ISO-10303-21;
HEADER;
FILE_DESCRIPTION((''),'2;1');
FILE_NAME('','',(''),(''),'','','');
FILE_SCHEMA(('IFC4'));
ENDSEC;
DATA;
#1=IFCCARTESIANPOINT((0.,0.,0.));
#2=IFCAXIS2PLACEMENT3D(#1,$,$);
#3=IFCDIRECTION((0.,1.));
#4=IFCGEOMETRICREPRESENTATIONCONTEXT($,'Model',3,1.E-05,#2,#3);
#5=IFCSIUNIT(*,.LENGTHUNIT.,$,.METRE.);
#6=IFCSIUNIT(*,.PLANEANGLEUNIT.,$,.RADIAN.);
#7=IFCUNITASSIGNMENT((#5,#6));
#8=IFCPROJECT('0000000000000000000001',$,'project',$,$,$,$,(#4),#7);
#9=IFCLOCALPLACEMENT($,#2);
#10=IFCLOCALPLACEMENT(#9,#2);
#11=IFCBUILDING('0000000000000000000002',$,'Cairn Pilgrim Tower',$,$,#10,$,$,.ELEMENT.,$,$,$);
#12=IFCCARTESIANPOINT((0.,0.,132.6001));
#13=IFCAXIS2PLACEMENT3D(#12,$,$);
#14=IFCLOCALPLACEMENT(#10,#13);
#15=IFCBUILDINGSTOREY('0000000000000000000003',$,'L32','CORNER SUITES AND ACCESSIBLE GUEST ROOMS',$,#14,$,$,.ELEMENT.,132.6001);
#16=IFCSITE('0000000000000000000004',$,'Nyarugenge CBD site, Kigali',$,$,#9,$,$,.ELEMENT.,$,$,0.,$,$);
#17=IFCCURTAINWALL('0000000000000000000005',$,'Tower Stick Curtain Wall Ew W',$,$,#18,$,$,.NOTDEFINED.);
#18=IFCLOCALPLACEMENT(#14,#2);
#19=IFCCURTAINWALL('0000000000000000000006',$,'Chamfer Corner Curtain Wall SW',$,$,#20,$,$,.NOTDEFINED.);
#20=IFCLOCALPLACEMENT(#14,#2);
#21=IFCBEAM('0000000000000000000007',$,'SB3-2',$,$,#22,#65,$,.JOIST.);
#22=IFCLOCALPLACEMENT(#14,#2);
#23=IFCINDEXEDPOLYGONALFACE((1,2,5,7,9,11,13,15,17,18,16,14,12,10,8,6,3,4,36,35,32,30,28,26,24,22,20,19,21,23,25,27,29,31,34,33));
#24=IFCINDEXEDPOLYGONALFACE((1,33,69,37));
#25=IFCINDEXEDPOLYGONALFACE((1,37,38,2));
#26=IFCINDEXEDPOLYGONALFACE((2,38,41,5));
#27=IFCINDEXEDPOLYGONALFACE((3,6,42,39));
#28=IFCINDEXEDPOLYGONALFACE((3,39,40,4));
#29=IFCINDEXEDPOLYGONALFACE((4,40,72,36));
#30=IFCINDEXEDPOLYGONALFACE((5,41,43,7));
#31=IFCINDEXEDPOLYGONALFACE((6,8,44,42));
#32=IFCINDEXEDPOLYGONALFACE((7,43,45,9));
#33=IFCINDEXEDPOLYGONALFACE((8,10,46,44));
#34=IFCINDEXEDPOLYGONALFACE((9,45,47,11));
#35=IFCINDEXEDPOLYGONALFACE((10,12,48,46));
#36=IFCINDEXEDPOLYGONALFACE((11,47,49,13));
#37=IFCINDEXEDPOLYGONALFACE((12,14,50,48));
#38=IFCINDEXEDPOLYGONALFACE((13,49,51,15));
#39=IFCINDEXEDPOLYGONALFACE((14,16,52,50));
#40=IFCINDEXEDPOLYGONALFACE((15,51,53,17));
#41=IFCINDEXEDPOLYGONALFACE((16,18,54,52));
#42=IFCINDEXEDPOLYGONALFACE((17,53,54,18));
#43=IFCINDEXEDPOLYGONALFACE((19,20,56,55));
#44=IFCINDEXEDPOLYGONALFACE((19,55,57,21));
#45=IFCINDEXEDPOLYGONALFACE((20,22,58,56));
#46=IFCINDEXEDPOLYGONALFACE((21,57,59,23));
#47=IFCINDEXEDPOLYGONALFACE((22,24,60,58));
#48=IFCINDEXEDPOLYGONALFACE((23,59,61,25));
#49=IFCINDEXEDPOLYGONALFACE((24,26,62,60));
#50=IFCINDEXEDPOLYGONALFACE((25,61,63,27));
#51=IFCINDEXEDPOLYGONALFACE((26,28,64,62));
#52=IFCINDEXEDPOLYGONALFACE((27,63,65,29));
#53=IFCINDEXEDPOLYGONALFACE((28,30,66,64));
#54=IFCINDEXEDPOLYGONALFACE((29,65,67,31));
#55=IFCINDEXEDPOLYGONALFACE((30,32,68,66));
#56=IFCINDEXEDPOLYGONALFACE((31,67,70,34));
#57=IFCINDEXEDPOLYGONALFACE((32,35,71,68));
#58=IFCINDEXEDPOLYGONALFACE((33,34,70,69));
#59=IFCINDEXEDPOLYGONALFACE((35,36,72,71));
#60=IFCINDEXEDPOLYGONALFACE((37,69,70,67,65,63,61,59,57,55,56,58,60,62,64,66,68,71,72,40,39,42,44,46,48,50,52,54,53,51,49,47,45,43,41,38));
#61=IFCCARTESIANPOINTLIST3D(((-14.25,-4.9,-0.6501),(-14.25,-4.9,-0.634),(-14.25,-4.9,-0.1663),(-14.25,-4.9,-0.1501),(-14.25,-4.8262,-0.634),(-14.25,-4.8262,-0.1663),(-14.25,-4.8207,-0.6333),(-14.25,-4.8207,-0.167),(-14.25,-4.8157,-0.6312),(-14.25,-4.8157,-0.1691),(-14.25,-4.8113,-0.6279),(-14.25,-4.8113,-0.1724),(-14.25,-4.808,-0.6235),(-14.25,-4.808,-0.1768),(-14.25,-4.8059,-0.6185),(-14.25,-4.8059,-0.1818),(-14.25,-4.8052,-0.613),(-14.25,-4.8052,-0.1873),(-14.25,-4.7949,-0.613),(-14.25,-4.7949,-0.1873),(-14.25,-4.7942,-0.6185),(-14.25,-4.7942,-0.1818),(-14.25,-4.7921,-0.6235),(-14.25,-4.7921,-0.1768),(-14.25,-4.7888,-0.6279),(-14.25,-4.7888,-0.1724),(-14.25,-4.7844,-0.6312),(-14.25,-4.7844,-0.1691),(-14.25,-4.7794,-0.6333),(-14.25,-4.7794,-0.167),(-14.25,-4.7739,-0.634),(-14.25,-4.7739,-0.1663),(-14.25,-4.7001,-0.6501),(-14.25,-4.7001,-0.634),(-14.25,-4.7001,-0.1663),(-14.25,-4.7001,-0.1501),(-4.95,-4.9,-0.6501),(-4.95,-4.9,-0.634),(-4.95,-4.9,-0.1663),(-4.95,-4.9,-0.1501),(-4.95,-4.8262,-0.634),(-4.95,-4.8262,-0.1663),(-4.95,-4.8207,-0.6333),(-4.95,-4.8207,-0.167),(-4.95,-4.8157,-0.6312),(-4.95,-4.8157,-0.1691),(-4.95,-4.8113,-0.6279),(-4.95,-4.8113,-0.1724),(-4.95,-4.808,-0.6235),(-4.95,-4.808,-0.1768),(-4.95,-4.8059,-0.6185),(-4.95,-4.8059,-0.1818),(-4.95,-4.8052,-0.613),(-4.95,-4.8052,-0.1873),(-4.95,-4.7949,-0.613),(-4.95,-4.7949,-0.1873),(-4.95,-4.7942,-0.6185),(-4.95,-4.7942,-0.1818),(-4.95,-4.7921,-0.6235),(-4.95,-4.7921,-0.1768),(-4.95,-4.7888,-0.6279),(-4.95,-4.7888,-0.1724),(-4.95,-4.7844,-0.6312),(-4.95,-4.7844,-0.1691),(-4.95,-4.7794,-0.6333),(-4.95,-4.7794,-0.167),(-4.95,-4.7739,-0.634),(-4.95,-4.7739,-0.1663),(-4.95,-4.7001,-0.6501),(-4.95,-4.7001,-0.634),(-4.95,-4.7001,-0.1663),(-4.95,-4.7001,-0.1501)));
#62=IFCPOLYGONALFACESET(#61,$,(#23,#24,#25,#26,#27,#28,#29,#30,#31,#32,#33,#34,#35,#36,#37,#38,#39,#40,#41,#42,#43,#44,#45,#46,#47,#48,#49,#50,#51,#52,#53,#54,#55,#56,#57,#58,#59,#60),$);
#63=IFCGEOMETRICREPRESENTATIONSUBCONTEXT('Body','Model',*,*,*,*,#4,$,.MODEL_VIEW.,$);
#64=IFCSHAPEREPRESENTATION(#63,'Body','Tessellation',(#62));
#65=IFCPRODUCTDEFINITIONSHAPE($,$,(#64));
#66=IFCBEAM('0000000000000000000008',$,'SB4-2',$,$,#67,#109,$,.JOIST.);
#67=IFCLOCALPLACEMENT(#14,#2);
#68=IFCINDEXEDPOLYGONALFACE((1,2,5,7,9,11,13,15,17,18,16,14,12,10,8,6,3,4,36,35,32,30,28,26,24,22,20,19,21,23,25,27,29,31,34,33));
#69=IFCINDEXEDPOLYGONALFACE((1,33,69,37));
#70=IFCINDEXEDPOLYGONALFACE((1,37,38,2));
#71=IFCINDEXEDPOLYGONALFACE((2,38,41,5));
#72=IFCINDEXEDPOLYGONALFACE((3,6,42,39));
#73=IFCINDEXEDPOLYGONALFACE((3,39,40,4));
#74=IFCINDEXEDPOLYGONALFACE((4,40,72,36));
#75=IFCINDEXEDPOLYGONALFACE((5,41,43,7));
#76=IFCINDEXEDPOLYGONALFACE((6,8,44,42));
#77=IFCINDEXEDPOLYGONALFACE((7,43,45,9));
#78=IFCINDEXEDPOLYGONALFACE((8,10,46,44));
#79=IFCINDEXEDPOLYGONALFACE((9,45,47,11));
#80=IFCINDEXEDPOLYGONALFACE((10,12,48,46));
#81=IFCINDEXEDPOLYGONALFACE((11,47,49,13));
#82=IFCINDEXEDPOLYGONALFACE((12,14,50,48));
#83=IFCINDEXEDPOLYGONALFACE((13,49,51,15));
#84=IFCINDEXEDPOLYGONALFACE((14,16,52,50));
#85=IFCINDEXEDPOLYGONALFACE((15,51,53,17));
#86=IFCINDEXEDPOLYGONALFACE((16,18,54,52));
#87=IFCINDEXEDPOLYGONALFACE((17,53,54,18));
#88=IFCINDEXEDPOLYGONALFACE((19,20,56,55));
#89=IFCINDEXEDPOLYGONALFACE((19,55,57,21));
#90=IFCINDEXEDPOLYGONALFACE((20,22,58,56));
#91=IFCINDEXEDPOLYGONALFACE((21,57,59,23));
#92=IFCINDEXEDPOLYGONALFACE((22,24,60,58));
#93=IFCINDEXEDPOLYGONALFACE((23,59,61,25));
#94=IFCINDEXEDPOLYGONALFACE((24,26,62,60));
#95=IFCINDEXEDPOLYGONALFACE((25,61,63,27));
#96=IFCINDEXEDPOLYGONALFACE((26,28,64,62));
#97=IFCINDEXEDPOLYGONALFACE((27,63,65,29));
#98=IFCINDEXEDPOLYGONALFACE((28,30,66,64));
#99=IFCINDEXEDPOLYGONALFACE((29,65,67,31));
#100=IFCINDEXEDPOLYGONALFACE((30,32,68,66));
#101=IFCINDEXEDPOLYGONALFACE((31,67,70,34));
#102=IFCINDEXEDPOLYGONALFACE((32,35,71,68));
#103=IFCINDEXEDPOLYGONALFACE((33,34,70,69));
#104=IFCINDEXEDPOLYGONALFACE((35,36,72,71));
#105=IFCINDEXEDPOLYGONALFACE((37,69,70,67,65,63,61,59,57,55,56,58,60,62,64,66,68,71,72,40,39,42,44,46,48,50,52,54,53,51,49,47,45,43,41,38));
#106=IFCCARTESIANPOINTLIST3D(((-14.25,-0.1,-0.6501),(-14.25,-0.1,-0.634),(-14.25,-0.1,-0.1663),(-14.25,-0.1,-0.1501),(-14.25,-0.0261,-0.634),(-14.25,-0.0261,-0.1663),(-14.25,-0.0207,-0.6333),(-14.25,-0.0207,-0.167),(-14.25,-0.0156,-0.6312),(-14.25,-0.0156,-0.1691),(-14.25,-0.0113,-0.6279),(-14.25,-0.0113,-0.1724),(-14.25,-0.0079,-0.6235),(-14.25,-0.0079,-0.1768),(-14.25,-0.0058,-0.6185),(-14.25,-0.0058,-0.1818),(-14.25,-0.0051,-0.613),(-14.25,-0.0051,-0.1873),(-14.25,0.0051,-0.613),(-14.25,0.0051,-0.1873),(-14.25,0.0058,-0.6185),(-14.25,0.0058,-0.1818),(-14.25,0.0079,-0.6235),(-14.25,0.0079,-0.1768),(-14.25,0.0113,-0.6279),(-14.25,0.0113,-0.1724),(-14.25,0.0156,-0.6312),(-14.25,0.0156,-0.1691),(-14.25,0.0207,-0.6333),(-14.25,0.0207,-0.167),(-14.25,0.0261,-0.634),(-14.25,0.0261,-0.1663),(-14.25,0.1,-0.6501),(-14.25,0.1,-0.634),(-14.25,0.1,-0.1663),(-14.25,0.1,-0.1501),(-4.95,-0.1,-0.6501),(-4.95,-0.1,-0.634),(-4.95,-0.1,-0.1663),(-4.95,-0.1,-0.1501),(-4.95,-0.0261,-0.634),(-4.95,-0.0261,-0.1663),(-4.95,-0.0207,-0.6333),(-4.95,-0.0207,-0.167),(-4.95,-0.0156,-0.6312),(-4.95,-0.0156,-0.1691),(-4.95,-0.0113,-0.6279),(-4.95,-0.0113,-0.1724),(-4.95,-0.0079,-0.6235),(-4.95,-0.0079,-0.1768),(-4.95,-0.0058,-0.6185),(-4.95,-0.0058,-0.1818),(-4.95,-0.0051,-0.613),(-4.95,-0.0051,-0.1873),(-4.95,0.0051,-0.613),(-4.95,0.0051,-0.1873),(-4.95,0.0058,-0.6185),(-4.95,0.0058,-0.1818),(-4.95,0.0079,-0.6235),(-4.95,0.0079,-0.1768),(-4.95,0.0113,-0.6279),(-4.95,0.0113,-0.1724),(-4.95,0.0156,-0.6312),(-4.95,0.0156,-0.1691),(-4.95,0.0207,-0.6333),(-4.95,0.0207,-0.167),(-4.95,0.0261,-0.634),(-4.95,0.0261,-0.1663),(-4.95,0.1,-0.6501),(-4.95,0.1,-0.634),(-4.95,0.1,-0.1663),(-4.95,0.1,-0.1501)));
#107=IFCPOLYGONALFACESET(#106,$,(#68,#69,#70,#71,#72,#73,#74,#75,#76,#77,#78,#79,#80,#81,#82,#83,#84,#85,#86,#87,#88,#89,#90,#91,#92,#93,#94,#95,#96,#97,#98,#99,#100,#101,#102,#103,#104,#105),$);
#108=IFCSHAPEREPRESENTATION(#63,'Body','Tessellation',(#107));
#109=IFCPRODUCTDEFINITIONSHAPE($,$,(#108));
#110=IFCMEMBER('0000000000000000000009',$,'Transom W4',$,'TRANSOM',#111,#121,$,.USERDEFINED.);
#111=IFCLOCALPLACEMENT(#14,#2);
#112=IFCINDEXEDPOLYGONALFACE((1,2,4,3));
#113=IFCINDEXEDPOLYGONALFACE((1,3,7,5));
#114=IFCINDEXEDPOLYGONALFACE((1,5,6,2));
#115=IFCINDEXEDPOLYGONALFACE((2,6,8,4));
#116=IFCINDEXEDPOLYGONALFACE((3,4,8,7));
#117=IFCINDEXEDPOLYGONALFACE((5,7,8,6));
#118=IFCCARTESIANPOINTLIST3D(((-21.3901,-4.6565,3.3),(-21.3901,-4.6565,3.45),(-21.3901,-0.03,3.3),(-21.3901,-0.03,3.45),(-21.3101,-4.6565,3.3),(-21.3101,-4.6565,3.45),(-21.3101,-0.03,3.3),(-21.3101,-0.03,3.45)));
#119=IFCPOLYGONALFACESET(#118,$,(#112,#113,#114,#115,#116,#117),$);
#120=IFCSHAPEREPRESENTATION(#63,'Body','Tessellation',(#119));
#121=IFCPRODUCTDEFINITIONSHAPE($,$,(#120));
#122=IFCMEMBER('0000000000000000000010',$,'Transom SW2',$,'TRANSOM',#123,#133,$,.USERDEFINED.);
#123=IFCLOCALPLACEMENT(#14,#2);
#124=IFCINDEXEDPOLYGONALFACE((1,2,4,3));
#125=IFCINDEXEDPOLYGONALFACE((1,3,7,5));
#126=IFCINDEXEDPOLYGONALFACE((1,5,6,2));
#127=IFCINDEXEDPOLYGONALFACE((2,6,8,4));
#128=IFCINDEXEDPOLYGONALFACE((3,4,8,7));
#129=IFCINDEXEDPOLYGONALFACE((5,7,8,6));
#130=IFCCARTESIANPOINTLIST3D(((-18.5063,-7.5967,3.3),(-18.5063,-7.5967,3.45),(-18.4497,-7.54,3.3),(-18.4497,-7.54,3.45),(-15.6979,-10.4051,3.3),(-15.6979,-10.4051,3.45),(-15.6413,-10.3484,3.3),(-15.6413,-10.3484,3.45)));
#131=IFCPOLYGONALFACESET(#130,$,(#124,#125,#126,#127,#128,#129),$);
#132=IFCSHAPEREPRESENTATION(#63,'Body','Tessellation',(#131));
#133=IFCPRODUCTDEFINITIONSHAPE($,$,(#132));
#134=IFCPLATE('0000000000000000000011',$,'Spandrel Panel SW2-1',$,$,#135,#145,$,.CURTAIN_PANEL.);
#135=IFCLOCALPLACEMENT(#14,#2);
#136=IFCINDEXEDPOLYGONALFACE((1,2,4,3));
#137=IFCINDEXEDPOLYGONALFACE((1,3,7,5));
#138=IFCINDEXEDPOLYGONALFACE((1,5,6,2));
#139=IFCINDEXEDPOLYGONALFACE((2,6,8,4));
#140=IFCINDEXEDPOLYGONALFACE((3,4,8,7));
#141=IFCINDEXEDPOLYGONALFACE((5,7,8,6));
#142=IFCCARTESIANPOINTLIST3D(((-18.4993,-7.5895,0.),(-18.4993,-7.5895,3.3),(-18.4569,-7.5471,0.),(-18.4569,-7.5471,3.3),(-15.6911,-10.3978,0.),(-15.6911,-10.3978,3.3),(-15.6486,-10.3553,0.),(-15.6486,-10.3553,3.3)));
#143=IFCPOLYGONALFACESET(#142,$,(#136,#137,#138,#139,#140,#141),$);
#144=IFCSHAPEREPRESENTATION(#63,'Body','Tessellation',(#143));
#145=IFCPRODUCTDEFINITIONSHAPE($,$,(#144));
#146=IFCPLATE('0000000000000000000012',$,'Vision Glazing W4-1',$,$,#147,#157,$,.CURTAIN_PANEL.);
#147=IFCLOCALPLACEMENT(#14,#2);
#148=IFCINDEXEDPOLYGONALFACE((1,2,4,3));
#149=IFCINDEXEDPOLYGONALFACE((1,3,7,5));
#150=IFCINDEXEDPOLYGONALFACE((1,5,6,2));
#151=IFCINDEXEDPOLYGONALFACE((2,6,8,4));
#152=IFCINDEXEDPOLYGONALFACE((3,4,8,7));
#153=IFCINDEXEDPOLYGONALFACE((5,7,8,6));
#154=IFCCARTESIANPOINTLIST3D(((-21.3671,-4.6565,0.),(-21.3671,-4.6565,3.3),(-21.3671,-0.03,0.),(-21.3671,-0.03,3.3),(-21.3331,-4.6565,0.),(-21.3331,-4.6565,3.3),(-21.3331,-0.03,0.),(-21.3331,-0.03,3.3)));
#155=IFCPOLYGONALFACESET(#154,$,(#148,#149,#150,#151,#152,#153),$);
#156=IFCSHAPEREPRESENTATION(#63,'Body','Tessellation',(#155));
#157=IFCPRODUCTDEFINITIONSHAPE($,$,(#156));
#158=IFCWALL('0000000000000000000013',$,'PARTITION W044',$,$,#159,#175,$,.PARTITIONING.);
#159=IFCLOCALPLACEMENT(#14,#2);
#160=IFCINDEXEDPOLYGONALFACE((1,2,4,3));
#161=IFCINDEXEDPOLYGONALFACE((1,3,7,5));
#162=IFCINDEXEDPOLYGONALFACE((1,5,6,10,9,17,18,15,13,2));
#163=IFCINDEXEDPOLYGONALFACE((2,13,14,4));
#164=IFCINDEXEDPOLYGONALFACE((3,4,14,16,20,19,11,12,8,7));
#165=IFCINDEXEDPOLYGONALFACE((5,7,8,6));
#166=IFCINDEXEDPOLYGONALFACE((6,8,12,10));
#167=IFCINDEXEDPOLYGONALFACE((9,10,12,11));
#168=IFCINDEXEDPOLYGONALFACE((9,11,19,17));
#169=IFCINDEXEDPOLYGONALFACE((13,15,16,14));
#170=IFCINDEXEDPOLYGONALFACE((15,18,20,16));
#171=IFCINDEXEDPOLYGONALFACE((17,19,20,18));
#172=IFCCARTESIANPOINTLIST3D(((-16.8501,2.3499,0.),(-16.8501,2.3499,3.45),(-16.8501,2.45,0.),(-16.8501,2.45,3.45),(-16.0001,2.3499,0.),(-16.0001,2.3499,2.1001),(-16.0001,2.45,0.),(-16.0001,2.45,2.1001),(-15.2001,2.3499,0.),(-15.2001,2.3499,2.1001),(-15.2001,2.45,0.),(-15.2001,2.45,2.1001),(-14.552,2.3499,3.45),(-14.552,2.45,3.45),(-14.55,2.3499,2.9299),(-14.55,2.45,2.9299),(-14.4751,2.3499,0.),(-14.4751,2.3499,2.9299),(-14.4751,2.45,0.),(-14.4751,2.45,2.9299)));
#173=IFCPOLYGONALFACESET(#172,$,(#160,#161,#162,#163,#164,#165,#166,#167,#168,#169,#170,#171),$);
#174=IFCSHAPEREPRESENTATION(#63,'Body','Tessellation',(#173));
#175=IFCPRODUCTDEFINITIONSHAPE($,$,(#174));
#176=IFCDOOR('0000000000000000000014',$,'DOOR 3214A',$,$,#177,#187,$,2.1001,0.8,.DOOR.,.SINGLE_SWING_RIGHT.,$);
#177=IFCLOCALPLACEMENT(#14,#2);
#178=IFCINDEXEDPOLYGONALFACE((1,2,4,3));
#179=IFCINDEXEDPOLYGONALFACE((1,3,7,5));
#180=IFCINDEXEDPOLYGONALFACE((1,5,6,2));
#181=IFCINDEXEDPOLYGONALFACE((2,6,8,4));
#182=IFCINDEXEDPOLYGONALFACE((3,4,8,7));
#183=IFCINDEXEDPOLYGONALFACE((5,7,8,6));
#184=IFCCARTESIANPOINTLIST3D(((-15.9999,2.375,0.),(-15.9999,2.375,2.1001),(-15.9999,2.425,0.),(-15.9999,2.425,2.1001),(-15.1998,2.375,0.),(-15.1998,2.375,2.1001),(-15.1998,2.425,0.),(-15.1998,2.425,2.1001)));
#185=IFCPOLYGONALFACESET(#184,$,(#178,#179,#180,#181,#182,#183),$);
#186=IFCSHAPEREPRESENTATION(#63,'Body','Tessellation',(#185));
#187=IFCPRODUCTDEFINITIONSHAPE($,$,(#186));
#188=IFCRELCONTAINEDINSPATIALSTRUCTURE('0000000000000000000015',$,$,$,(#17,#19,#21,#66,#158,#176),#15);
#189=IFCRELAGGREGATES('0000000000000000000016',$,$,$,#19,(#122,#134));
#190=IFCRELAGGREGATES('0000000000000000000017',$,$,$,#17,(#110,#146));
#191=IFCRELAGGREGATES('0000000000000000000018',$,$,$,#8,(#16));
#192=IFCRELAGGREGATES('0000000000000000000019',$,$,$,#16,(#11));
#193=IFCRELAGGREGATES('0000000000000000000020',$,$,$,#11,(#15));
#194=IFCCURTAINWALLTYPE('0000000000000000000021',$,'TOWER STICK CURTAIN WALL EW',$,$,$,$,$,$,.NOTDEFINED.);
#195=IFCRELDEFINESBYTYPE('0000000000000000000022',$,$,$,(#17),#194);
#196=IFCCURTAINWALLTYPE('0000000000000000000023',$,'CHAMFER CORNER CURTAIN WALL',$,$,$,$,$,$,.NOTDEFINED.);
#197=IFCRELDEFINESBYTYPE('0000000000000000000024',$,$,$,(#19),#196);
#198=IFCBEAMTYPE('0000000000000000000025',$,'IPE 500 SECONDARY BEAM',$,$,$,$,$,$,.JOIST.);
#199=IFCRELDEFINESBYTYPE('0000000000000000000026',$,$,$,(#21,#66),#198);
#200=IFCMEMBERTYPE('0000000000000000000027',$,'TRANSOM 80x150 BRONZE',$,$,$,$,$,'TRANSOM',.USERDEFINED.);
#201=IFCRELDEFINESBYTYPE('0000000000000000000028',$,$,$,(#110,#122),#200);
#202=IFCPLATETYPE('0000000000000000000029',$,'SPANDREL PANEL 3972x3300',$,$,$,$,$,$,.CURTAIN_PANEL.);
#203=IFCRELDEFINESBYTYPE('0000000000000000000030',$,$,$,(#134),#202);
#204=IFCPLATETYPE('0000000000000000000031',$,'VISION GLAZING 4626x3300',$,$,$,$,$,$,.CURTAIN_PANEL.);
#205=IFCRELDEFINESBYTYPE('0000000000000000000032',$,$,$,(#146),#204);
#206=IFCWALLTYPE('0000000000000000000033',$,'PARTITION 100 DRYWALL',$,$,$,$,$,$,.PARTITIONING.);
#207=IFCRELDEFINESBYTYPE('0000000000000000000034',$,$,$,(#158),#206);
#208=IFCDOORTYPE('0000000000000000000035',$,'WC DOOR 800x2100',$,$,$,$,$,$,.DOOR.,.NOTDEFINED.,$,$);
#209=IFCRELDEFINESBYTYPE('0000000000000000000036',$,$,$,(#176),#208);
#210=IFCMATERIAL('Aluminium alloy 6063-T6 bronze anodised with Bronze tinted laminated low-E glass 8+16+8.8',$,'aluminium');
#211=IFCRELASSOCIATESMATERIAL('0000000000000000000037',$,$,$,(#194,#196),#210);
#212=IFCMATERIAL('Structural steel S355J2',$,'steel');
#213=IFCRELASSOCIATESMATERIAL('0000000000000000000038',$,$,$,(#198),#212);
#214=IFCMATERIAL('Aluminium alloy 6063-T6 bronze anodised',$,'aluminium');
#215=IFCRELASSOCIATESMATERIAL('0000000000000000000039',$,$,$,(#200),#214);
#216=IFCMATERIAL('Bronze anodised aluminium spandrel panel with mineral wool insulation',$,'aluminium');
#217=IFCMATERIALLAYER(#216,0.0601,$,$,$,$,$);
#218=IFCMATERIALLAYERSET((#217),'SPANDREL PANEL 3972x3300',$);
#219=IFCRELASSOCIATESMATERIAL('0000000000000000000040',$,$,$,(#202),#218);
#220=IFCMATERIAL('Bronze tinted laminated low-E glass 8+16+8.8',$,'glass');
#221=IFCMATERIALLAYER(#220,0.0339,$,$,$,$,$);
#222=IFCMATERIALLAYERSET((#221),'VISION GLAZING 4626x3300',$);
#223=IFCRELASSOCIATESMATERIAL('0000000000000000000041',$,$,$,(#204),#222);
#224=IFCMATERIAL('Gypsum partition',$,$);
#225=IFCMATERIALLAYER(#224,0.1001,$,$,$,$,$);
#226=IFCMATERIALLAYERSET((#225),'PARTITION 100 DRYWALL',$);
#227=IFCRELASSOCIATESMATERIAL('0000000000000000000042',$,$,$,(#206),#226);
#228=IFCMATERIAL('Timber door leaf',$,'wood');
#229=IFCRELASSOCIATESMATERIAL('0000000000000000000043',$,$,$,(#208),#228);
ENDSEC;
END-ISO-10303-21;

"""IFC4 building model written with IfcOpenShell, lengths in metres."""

from ifc_helpers import new_model, si_unit, direction, frame, frame_2d, origin, origin_2d, place, context, subcontext, project, spatial, polyline, rectangle, i_section, outline, extrude, material, layer, layer_set, material_profile, profile_set, type_object, element, fill, aggregate, save


model = new_model("IFC4")

# Units and contexts
model_context = context("Model", 3, precision=1e-05, world=origin(), true_north=direction((0.0, 1.0)))
body_context = subcontext(model_context, "Body", "Model", "MODEL_VIEW")
ifc_project = project(units=[si_unit("LENGTHUNIT", "METRE"), si_unit("PLANEANGLEUNIT", "RADIAN")], contexts=[model_context])

# Site, building, storey
site_placement = place(None, origin())
site = spatial("IfcSite", under=ifc_project, at=site_placement, Name="Nyarugenge CBD site, Kigali", CompositionType="ELEMENT", RefElevation=0.0)
building_placement = place(site_placement, origin())
building = spatial("IfcBuilding", under=site, at=building_placement, Name="Cairn Pilgrim Tower", CompositionType="ELEMENT")
storey_placement = place(building_placement, frame((0.0, 0.0, 132.6001)))
storey = spatial("IfcBuildingStorey", under=building, at=storey_placement, Name="L32", Description="CORNER SUITES AND ACCESSIBLE GUEST ROOMS", CompositionType="ELEMENT", Elevation=132.6001)

# Shared definitions
ifc_material_1 = material(Name="Structural steel S355J2", Category="steel")

# Curtain wall
ifc_material_2 = material(Name="Aluminium alloy 6063-T6 bronze anodised with Bronze tinted laminated low-E glass 8+16+8.8", Category="aluminium")
curtain_wall_type_1 = type_object("IfcCurtainWallType", Name="TOWER STICK CURTAIN WALL EW", PredefinedType="NOTDEFINED", material=ifc_material_2)
curtain_wall_1_placement = place(storey_placement, origin())
curtain_wall_1 = element("IfcCurtainWall", 1, at=curtain_wall_1_placement, inside=storey, type_object=curtain_wall_type_1, Name="Tower Stick Curtain Wall Ew W", PredefinedType="NOTDEFINED")
ifc_material_3 = material(Name="Aluminium alloy 6063-T6 bronze anodised", Category="aluminium")

# Curtain wall
curtain_wall_type_2 = type_object("IfcCurtainWallType", Name="CHAMFER CORNER CURTAIN WALL", PredefinedType="NOTDEFINED", material=ifc_material_2)
curtain_wall_2_placement = place(storey_placement, origin())
curtain_wall_2 = element("IfcCurtainWall", 2, at=curtain_wall_2_placement, inside=storey, type_object=curtain_wall_type_2, Name="Chamfer Corner Curtain Wall SW", PredefinedType="NOTDEFINED")

# Beams
ifc_material_profile_1 = material_profile(ifc_material_1, i_section(OverallWidth=0.2, OverallDepth=0.5, WebThickness=0.0103, FlangeThickness=0.0161, FilletRadius=0.021, at=origin_2d()), Name="IPE 500")
ifc_profile_set_1 = profile_set([ifc_material_profile_1], Name="Structural steel S355J2")
beam_type_1 = type_object("IfcBeamType", Name="IPE 500 SECONDARY BEAM", PredefinedType="JOIST", material=ifc_profile_set_1)
for number, where, z_axis, x_axis, name in (
    (3, (-14.25, -4.8, -0.4001), (1.0, 0.0, 0.0), (0.0, 1.0, 0.0), "SB3-2"),
    (4, (-14.25, 0.0, -0.4001), (1.0, 0.0, 0.0), (0.0, 1.0, 0.0), "SB4-2"),
):
    element("IfcBeam", number, at=place(storey_placement, frame(where, z_axis=z_axis, x_axis=x_axis)), inside=storey, type_object=beam_type_1, Name=name, PredefinedType="JOIST", context=body_context, shape_type="SweptSolid", body=[
        extrude(i_section(OverallWidth=0.2, OverallDepth=0.5, WebThickness=0.0103, FlangeThickness=0.0161, FilletRadius=0.021, at=origin_2d()), origin(), (0.0, 0.0, 1.0), 9.3),
    ])

# Members
ifc_material_profile_2 = material_profile(ifc_material_3, rectangle(XDim=0.0801, YDim=0.1499, at=origin_2d()), Name="TRANSOM 80x150 BRONZE")
ifc_profile_set_2 = profile_set([ifc_material_profile_2], Name="Aluminium alloy 6063-T6 bronze anodised")
member_type_1 = type_object("IfcMemberType", Name="TRANSOM 80x150 BRONZE", ElementType="TRANSOM", PredefinedType="USERDEFINED", material=ifc_profile_set_2)
member_1_placement = place(storey_placement, frame((-21.3501, -0.03, 3.375), z_axis=(0.0, -1.0, 0.0), x_axis=(1.0, 0.0, 0.0)))
member_1 = element("IfcMember", 5, at=member_1_placement, type_object=member_type_1, Name="Transom W4", ObjectType="TRANSOM", PredefinedType="USERDEFINED", context=body_context, shape_type="SweptSolid", body=[
    extrude(rectangle(XDim=0.0801, YDim=0.1499, at=origin_2d()), origin(), (0.0, 0.0, 1.0), 4.6265),
])
member_2_placement = place(storey_placement, frame((-18.478, -7.5684, 3.375), z_axis=(0.707107, -0.707107, 0.0), x_axis=(0.707107, 0.707107, 0.0)))
member_2 = element("IfcMember", 6, at=member_2_placement, type_object=member_type_1, Name="Transom SW2", ObjectType="TRANSOM", PredefinedType="USERDEFINED", context=body_context, shape_type="SweptSolid", body=[
    extrude(rectangle(XDim=0.0801, YDim=0.1499, at=origin_2d()), origin(), (0.0, 0.0, 1.0), 3.9717),
])

# Plates
ifc_material_4 = material(Name="Bronze anodised aluminium spandrel panel with mineral wool insulation", Category="aluminium")
ifc_layer_1 = layer(ifc_material_4, 0.0601)
ifc_layer_set_1 = layer_set([ifc_layer_1], Name="SPANDREL PANEL 3972x3300")
plate_type_1 = type_object("IfcPlateType", Name="SPANDREL PANEL 3972x3300", PredefinedType="CURTAIN_PANEL", material=ifc_layer_set_1)
plate_1_placement = place(storey_placement, frame((-17.074, -8.9724, 0.0), z_axis=(0.0, 0.0, 1.0), x_axis=(0.707107, -0.707107, 0.0)))
plate_1 = element("IfcPlate", 7, at=plate_1_placement, type_object=plate_type_1, Name="Spandrel Panel SW2-1", PredefinedType="CURTAIN_PANEL", context=body_context, shape_type="SweptSolid", body=[
    extrude(rectangle(XDim=3.9714, YDim=0.0601, at=origin_2d()), origin(), (0.0, 0.0, 1.0), 3.3),
])
aggregate(curtain_wall_2, [member_2, plate_1])
ifc_material_5 = material(Name="Bronze tinted laminated low-E glass 8+16+8.8", Category="glass")
ifc_layer_2 = layer(ifc_material_5, 0.0339)
ifc_layer_set_2 = layer_set([ifc_layer_2], Name="VISION GLAZING 4626x3300")
plate_type_2 = type_object("IfcPlateType", Name="VISION GLAZING 4626x3300", PredefinedType="CURTAIN_PANEL", material=ifc_layer_set_2)
plate_2_placement = place(storey_placement, frame((-21.3501, -2.3433, 0.0), z_axis=(0.0, 0.0, 1.0), x_axis=(0.0, -1.0, 0.0)))
plate_2 = element("IfcPlate", 8, at=plate_2_placement, type_object=plate_type_2, Name="Vision Glazing W4-1", PredefinedType="CURTAIN_PANEL", context=body_context, shape_type="SweptSolid", body=[
    extrude(rectangle(XDim=4.6265, YDim=0.0339, at=origin_2d()), origin(), (0.0, 0.0, 1.0), 3.3),
])
aggregate(curtain_wall_1, [member_1, plate_2])

# Wall, opening, door
ifc_material_6 = material(Name="Gypsum partition")
ifc_layer_3 = layer(ifc_material_6, 0.1001)
ifc_layer_set_3 = layer_set([ifc_layer_3], Name="PARTITION 100 DRYWALL")
wall_type_1 = type_object("IfcWallType", Name="PARTITION 100 DRYWALL", PredefinedType="PARTITIONING", material=ifc_layer_set_3)
wall_1_placement = place(storey_placement, frame((-16.8501, 2.3999, 0.0), z_axis=(0.0, 0.0, 1.0), x_axis=(1.0, 0.0, 0.0)))
wall_1 = element("IfcWall", 9, at=wall_1_placement, inside=storey, type_object=wall_type_1, Name="PARTITION W044", PredefinedType="PARTITIONING", context=body_context, shape_type="SweptSolid", body=[
    extrude(outline(polyline([(0.0, 0.0), (2.375, 0.0), (2.375, 2.9299), (2.3, 2.9299), (2.2981, 3.45), (0.0, 3.45), (0.0, 0.0)])), frame((0.0, 0.05, 0.0), z_axis=(0.0, -1.0, 0.0), x_axis=(1.0, 0.0, 0.0)), (0.0, 0.0, 1.0), 0.1001),
])
opening_1_placement = place(wall_1_placement, frame((0.8501, 0.0, 0.0)))
opening_1 = element("IfcOpeningElement", 10, at=opening_1_placement, cuts=wall_1, PredefinedType="OPENING", context=body_context, shape_type="SweptSolid", body=[
    extrude(rectangle(XDim=0.8, YDim=2.1001, at=frame_2d((0.3999, 1.05))), frame((0.0, 0.0601, 0.0), z_axis=(0.0, -1.0, 0.0), x_axis=(1.0, 0.0, 0.0)), (0.0, 0.0, 1.0), 0.1201),
])
ifc_material_7 = material(Name="Timber door leaf", Category="wood")
door_type_1 = type_object("IfcDoorType", Name="WC DOOR 800x2100", OperationType="NOTDEFINED", PredefinedType="DOOR", material=ifc_material_7)
door_1_placement = place(opening_1_placement, frame((0.8, 0.0, 0.0), z_axis=(0.0, 0.0, 1.0), x_axis=(-1.0, 0.0, 0.0)))
door_1 = element("IfcDoor", 11, at=door_1_placement, inside=storey, type_object=door_type_1, Name="DOOR 3214A", OperationType="SINGLE_SWING_RIGHT", OverallHeight=2.1001, OverallWidth=0.8, PredefinedType="DOOR", context=body_context, shape_type="SweptSolid", body=[
    extrude(rectangle(XDim=0.8, YDim=2.1001, at=frame_2d((0.3999, 1.05))), frame((0.0, 0.0249, 0.0), z_axis=(0.0, -1.0, 0.0), x_axis=(1.0, 0.0, 0.0)), (0.0, 0.0, 1.0), 0.05),
])
fill(opening_1, door_1)

save(model, "model.ifc")
